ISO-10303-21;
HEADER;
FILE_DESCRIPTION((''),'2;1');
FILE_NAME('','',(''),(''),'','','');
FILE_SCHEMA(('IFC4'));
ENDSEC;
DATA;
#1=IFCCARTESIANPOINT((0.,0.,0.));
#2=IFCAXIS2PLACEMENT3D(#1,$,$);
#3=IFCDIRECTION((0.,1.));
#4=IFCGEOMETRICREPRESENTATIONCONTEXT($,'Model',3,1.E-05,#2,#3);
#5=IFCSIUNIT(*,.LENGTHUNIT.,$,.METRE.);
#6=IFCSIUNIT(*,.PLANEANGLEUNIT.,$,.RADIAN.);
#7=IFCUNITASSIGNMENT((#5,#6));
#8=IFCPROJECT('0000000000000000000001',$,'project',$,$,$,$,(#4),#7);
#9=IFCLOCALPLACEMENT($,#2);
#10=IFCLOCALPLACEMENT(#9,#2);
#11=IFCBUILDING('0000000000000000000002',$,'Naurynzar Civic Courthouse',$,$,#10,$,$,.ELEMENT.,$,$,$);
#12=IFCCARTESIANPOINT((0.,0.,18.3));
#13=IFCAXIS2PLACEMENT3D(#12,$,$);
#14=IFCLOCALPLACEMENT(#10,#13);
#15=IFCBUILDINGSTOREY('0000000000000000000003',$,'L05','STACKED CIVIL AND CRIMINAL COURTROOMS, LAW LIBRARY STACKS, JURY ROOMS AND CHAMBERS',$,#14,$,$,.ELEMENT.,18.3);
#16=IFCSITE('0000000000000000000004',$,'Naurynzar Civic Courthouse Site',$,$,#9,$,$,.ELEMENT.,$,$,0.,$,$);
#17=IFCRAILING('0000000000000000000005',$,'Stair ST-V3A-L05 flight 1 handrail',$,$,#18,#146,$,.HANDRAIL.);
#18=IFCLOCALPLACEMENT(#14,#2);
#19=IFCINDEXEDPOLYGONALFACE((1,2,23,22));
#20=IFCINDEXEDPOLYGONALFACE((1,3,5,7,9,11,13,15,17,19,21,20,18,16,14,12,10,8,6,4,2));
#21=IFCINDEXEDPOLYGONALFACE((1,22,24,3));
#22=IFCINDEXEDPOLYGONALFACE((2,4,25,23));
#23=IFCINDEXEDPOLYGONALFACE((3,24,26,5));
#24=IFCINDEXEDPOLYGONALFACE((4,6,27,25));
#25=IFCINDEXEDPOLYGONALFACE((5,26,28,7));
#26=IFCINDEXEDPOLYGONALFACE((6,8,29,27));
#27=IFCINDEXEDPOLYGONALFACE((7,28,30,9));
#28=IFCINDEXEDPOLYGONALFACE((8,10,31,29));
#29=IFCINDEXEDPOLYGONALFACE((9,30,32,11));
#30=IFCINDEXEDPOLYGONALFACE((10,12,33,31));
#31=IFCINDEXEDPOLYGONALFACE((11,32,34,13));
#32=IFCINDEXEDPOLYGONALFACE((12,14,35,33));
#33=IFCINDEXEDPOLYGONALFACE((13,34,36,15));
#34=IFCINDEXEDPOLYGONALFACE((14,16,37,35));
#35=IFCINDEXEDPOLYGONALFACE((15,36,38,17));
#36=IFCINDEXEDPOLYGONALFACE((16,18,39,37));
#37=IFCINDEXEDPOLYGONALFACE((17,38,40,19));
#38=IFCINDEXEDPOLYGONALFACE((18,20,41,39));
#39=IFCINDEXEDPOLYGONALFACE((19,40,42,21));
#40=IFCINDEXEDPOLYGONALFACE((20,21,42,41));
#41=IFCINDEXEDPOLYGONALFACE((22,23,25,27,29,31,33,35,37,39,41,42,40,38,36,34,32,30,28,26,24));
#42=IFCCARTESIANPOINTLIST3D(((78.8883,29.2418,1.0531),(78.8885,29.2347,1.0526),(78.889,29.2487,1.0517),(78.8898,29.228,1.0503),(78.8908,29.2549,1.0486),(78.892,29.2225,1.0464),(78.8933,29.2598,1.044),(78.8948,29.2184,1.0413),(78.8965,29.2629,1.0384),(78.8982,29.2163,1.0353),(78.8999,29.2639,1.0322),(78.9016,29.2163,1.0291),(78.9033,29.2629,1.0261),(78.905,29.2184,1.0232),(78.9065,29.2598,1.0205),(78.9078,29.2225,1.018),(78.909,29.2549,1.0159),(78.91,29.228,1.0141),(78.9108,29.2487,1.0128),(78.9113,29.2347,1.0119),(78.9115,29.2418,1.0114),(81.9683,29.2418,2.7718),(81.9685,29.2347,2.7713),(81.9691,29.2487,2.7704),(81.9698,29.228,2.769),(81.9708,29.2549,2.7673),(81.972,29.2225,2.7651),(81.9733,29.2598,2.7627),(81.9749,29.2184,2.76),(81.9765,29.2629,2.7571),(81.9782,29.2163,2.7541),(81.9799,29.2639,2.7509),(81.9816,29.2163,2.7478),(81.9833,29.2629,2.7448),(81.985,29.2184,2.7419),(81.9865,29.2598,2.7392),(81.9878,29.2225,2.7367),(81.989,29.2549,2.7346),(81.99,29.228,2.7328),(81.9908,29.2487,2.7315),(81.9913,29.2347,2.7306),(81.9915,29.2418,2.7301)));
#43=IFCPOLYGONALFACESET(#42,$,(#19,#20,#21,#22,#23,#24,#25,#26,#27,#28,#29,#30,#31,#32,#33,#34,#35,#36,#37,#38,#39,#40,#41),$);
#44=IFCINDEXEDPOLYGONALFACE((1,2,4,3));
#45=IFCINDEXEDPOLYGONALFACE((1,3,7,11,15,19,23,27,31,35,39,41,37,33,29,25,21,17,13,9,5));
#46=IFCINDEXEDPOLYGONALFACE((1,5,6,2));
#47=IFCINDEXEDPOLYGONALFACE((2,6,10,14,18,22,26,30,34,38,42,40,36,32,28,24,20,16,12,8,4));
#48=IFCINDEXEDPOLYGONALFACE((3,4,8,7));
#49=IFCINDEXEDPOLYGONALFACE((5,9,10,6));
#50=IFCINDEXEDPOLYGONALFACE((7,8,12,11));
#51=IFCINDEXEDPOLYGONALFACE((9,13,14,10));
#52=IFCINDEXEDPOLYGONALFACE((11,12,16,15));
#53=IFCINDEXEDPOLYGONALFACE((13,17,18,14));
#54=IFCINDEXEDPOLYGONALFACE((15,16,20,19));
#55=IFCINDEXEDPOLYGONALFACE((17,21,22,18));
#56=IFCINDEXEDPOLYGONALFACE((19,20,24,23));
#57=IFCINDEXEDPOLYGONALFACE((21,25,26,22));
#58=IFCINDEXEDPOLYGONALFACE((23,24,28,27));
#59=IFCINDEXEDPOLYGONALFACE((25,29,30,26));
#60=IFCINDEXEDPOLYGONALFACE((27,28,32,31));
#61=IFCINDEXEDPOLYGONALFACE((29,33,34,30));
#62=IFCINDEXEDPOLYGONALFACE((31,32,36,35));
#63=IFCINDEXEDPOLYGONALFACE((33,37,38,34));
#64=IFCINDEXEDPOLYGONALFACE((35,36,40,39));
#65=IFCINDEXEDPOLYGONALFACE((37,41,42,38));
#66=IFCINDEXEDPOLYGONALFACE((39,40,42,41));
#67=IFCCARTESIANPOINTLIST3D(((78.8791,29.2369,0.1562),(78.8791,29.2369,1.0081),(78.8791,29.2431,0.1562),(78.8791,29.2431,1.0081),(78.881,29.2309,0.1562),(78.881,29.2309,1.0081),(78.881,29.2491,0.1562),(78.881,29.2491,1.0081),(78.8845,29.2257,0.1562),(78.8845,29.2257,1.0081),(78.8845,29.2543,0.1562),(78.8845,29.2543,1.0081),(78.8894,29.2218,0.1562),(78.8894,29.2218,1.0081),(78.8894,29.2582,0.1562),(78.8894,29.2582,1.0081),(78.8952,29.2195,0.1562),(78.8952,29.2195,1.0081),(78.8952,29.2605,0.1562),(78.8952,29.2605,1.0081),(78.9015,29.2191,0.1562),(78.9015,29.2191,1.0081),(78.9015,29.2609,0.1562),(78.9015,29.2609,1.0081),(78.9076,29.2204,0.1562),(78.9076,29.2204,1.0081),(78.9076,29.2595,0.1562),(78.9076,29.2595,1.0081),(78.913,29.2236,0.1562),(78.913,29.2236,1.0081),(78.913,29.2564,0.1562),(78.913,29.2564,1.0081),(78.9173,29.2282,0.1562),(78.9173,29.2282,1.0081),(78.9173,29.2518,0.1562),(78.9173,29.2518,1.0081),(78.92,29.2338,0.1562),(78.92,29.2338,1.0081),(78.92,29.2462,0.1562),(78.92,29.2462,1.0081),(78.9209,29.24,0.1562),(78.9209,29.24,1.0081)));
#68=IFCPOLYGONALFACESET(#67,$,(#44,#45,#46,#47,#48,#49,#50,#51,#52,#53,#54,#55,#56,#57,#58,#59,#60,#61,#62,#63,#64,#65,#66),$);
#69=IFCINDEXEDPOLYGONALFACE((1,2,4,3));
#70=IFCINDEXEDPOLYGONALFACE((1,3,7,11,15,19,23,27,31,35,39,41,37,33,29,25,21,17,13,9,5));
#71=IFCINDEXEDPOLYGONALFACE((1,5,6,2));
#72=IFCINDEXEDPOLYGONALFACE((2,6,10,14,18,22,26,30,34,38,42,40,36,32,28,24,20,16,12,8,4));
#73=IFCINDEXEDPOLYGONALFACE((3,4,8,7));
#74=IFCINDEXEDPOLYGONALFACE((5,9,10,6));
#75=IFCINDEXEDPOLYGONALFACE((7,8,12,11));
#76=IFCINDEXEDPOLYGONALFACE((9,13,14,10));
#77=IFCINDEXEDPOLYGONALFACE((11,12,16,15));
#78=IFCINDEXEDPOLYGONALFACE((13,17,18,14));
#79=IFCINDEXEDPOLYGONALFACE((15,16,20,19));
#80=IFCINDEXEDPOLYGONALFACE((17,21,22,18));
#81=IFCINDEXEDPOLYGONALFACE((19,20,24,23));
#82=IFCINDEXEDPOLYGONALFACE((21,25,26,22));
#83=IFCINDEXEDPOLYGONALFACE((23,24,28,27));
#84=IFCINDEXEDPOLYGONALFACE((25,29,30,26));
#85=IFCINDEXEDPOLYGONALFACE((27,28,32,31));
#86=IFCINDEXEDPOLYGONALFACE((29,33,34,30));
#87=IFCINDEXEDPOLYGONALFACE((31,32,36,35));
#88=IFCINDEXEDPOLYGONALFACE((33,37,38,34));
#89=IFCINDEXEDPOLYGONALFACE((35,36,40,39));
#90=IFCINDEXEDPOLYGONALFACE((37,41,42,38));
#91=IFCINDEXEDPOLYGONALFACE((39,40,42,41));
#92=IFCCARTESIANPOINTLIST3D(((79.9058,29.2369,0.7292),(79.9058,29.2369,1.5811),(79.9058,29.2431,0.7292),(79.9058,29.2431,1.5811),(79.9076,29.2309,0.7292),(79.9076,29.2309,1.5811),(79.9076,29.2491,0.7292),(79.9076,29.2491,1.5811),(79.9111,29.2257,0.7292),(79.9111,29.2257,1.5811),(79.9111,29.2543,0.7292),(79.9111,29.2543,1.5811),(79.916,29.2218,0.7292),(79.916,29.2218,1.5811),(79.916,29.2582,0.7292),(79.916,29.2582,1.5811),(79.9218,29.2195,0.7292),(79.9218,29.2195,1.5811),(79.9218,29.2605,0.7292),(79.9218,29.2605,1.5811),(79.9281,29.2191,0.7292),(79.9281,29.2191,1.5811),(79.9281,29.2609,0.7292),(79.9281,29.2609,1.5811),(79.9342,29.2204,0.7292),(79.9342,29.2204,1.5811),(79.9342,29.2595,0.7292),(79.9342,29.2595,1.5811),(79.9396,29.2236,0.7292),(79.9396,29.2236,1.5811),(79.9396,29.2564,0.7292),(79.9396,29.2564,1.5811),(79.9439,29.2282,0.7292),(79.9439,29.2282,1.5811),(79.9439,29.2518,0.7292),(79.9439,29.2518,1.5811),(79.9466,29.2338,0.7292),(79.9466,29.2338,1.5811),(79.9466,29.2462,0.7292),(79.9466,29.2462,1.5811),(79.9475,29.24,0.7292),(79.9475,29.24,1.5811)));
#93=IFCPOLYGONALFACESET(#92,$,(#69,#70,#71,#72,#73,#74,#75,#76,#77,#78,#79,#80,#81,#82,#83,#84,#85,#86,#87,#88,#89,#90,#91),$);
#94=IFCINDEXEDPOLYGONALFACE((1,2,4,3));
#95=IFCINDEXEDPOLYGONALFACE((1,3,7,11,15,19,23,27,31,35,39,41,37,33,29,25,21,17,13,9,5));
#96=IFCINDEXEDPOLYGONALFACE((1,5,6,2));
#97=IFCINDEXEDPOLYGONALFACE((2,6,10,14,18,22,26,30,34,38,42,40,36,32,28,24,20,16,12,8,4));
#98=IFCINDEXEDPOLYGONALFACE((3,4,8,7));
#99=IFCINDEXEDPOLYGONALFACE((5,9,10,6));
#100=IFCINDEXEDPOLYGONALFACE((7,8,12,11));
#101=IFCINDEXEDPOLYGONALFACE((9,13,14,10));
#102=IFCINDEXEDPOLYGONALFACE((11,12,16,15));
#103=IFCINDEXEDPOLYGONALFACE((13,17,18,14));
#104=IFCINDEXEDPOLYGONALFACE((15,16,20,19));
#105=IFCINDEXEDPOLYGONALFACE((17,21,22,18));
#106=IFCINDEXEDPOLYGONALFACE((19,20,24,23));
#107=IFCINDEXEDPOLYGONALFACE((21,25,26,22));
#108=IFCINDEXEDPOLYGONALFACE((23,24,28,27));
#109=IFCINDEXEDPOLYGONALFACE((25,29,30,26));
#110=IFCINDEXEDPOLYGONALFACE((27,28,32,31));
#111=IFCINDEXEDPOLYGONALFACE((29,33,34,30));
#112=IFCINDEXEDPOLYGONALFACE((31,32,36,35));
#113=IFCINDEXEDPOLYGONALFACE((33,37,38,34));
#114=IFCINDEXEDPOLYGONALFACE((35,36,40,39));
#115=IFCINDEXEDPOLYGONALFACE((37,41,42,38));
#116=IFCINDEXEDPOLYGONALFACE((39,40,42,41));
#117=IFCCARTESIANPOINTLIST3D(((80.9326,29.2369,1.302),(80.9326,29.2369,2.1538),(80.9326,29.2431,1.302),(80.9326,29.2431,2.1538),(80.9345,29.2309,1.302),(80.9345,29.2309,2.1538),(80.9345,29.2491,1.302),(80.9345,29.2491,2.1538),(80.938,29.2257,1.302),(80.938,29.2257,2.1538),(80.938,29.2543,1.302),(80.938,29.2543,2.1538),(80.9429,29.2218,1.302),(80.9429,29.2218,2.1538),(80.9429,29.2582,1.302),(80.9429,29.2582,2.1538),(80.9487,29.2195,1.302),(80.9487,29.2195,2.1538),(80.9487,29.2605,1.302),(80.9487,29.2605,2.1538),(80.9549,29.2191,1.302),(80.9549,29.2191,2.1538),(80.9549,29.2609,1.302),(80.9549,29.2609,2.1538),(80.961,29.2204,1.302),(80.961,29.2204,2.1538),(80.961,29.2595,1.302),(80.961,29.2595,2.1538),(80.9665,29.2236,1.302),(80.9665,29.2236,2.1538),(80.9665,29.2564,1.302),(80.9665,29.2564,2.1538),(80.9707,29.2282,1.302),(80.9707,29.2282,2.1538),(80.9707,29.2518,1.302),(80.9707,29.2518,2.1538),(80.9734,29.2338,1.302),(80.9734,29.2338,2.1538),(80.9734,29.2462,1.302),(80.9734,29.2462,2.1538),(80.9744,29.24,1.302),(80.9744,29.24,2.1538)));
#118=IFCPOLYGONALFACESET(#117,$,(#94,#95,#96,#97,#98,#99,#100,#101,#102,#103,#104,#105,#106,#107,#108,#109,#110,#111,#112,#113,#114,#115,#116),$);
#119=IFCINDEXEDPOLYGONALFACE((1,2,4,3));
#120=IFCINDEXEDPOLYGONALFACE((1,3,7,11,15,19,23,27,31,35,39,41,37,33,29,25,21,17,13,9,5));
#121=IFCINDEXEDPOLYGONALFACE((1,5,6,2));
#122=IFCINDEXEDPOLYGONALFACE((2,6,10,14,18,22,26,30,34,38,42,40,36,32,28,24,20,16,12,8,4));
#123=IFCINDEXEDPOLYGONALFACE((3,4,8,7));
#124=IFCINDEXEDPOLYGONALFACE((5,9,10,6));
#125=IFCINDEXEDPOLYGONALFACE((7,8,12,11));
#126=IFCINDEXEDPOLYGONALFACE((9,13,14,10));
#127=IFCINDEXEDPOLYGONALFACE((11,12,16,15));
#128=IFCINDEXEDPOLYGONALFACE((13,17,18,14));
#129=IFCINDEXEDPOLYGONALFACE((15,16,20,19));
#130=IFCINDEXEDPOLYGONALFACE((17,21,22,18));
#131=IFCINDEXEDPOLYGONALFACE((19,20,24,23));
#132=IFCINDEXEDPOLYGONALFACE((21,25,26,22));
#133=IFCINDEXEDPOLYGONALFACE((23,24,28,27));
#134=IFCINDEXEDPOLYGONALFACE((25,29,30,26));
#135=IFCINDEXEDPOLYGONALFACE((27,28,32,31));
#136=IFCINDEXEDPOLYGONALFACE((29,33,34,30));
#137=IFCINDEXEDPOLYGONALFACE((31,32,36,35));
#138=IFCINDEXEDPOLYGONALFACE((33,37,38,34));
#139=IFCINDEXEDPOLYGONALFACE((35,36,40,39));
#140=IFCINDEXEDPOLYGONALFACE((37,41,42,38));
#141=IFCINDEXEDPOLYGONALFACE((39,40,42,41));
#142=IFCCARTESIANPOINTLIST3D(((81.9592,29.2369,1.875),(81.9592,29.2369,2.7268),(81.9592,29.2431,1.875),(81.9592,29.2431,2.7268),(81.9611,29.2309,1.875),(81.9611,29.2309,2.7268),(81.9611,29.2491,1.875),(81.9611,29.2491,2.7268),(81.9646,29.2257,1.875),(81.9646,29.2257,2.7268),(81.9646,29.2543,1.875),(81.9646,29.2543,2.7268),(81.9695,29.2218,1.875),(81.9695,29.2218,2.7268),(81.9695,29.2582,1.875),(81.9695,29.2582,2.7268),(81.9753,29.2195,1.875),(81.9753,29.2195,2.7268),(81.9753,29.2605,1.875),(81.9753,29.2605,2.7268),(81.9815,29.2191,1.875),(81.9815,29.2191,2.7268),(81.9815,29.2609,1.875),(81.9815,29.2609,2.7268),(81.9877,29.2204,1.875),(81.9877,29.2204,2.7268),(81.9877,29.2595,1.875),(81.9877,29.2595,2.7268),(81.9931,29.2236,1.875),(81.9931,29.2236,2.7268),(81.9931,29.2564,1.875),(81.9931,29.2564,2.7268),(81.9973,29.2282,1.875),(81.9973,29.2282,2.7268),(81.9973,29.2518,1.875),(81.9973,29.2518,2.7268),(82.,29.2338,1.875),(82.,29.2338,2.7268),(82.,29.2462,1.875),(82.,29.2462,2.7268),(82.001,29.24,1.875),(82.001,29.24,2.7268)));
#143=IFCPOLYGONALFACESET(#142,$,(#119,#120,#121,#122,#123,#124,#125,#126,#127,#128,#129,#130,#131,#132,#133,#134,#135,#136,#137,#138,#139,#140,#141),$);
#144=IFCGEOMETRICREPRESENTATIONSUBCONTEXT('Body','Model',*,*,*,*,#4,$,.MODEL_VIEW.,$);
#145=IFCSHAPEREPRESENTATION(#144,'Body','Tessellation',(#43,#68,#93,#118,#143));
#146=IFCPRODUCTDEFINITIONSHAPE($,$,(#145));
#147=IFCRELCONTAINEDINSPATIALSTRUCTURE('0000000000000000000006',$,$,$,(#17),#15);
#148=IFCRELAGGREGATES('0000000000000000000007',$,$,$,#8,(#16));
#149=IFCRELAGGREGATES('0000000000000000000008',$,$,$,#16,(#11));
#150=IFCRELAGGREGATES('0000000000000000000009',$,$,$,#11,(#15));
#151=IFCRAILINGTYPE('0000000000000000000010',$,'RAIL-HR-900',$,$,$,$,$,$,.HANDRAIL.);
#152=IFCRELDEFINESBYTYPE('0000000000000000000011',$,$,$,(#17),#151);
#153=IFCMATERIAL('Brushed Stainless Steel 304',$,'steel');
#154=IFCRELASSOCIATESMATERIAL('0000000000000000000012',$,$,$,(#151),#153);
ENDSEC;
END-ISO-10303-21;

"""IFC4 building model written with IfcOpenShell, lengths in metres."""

from ifc_helpers import new_model, si_unit, direction, frame, origin, origin_2d, place, context, subcontext, project, spatial, circle, extrude, material, type_object, element, save


model = new_model("IFC4")

# Units and contexts
model_context = context("Model", 3, precision=1e-05, world=origin(), true_north=direction((0.0, 1.0)))
body_context = subcontext(model_context, "Body", "Model", "MODEL_VIEW")
ifc_project = project(units=[si_unit("LENGTHUNIT", "METRE"), si_unit("PLANEANGLEUNIT", "RADIAN")], contexts=[model_context])

# Site, building, storey
site_placement = place(None, origin())
site = spatial("IfcSite", under=ifc_project, at=site_placement, Name="Naurynzar Civic Courthouse Site", CompositionType="ELEMENT", RefElevation=0.0)
building_placement = place(site_placement, origin())
building = spatial("IfcBuilding", under=site, at=building_placement, Name="Naurynzar Civic Courthouse", CompositionType="ELEMENT")
storey_placement = place(building_placement, frame((0.0, 0.0, 18.3)))
storey = spatial("IfcBuildingStorey", under=building, at=storey_placement, Name="L05", Description="STACKED CIVIL AND CRIMINAL COURTROOMS, LAW LIBRARY STACKS, JURY ROOMS AND CHAMBERS", CompositionType="ELEMENT", Elevation=18.3)

# Railing
ifc_material_1 = material(Name="Brushed Stainless Steel 304", Category="steel")
railing_type_1 = type_object("IfcRailingType", Name="RAIL-HR-900", PredefinedType="HANDRAIL", material=ifc_material_1)
railing_1_placement = place(storey_placement, frame((78.8999, 29.24, 0.1562)))
element("IfcRailing", 1, at=railing_1_placement, inside=storey, type_object=railing_type_1, Name="Stair ST-V3A-L05 flight 1 handrail", PredefinedType="HANDRAIL", context=body_context, shape_type="SweptSolid", body=[
    extrude(circle(Radius=0.0239, at=origin_2d()), frame((0.0, 0.0, 0.876), z_axis=(0.873242, 0.0, 0.487288), x_axis=(0.0, 1.0, 0.0)), (0.0, 0.0, 1.0), 3.5271),
    extrude(circle(Radius=0.021, at=origin_2d()), origin(), (0.0, 0.0, 1.0), 0.8518),
    extrude(circle(Radius=0.021, at=origin_2d()), frame((1.0266, 0.0, 0.573)), (0.0, 0.0, 1.0), 0.8518),
    extrude(circle(Radius=0.021, at=origin_2d()), frame((2.0535, 0.0, 1.1458)), (0.0, 0.0, 1.0), 0.8518),
    extrude(circle(Radius=0.021, at=origin_2d()), frame((3.0801, 0.0, 1.7188)), (0.0, 0.0, 1.0), 0.8518),
])

save(model, "model.ifc")
